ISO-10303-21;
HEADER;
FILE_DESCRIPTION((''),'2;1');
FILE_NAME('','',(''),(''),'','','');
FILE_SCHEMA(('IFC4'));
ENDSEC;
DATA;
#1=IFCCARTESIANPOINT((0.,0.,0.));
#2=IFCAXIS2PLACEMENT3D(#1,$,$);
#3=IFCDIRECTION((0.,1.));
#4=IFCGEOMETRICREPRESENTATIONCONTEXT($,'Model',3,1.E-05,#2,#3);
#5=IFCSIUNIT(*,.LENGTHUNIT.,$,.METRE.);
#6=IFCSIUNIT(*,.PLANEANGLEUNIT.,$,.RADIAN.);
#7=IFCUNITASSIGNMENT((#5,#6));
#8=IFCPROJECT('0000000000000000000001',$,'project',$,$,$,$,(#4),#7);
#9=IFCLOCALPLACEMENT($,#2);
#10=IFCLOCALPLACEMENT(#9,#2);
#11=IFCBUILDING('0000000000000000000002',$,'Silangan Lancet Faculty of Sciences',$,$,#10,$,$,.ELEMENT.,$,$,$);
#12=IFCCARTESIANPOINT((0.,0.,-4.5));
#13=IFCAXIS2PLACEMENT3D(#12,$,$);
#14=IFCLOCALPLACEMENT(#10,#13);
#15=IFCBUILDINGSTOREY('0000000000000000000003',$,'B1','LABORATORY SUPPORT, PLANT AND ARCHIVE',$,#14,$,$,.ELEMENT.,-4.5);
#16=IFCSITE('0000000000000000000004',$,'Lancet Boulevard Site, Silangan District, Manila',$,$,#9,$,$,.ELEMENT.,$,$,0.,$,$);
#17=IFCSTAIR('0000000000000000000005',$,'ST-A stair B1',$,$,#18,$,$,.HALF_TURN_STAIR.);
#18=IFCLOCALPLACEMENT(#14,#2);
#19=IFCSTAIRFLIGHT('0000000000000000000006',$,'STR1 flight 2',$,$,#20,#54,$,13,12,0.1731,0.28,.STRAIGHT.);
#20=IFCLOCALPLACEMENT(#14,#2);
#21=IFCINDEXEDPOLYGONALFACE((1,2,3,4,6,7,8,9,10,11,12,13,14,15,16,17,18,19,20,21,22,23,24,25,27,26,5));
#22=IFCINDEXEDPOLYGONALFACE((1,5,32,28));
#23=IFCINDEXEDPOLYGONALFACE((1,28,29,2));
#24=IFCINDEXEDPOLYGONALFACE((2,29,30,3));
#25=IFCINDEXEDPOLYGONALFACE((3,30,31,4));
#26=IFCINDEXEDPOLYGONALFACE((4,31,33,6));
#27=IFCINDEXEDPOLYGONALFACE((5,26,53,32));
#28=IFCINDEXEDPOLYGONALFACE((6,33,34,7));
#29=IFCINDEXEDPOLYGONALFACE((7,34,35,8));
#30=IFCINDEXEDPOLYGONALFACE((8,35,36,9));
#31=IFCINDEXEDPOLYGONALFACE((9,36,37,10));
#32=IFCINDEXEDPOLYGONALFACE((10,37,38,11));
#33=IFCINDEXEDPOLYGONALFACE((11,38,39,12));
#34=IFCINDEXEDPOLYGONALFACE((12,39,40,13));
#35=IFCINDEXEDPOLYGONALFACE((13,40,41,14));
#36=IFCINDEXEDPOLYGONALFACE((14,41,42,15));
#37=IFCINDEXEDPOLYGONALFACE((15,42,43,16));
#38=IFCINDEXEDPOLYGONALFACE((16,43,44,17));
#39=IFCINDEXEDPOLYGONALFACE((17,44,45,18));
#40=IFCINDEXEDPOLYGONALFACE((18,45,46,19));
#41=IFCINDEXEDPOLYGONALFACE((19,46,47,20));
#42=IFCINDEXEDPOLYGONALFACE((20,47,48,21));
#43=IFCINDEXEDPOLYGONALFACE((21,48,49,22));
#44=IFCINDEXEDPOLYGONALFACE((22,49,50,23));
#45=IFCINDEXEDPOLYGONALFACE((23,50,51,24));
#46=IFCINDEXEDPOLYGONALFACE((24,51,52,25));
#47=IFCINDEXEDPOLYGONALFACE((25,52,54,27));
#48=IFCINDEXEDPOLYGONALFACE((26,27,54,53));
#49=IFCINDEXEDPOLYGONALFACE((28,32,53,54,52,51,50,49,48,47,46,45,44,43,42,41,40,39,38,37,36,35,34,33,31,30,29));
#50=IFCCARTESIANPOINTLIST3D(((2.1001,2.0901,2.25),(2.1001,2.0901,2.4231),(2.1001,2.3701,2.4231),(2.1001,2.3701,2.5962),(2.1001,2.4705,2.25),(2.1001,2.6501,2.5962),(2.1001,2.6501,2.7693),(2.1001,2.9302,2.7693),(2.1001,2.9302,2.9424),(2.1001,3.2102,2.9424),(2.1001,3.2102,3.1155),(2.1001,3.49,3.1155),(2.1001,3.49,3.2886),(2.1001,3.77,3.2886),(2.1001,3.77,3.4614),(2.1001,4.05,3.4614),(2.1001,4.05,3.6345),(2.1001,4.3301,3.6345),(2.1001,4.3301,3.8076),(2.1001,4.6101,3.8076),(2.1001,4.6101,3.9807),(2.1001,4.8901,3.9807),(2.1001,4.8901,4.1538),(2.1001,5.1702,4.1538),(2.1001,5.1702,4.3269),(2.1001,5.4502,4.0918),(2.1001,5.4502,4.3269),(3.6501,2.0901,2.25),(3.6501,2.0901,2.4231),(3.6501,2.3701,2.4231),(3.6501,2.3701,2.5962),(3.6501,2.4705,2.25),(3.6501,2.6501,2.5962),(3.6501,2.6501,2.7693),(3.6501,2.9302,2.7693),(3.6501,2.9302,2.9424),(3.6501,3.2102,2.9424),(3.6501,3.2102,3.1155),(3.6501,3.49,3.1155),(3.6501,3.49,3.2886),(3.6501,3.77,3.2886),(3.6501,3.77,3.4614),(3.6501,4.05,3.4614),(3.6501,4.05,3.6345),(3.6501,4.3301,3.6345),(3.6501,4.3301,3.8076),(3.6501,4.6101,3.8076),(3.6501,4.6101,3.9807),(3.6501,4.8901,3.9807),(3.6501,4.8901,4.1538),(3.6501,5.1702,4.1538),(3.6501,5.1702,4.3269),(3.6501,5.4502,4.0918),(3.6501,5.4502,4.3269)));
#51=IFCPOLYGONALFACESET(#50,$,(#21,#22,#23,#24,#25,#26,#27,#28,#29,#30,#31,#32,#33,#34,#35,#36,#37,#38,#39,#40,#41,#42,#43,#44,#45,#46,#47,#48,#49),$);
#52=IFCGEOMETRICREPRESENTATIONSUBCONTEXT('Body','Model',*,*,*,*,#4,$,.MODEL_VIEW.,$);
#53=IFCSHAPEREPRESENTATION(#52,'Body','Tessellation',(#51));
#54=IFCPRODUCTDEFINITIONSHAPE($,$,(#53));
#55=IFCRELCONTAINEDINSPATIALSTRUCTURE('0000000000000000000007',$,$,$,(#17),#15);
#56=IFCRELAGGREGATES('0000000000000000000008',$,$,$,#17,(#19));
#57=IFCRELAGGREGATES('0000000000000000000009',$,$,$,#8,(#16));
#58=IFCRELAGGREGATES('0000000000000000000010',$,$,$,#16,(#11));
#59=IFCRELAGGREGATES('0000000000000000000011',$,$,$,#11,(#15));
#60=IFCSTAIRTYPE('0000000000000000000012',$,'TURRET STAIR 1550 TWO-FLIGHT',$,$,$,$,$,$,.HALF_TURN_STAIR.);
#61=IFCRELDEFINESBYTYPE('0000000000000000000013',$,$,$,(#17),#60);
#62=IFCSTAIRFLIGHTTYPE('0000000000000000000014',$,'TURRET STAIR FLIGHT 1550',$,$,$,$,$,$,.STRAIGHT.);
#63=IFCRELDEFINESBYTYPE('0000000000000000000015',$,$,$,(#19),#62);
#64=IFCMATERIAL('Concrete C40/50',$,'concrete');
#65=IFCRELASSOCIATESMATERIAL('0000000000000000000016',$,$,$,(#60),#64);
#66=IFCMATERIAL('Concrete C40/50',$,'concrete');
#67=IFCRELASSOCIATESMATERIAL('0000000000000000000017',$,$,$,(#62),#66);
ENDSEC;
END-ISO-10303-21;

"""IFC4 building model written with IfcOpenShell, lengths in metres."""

from ifc_helpers import new_model, si_unit, direction, frame, origin, place, context, subcontext, project, spatial, polyline, outline, extrude, material, type_object, element, aggregate, save


model = new_model("IFC4")

# Units and contexts
model_context = context("Model", 3, precision=1e-05, world=origin(), true_north=direction((0.0, 1.0)))
body_context = subcontext(model_context, "Body", "Model", "MODEL_VIEW")
ifc_project = project(units=[si_unit("LENGTHUNIT", "METRE"), si_unit("PLANEANGLEUNIT", "RADIAN")], contexts=[model_context])

# Site, building, storey
site_placement = place(None, origin())
site = spatial("IfcSite", under=ifc_project, at=site_placement, Name="Lancet Boulevard Site, Silangan District, Manila", CompositionType="ELEMENT", RefElevation=0.0)
building_placement = place(site_placement, origin())
building = spatial("IfcBuilding", under=site, at=building_placement, Name="Silangan Lancet Faculty of Sciences", CompositionType="ELEMENT")
storey_placement = place(building_placement, frame((0.0, 0.0, -4.5)))
storey = spatial("IfcBuildingStorey", under=building, at=storey_placement, Name="B1", Description="LABORATORY SUPPORT, PLANT AND ARCHIVE", CompositionType="ELEMENT", Elevation=-4.5)

# Stair, stair flight
ifc_material_1 = material(Name="Concrete C40/50", Category="concrete")
stair_type = type_object("IfcStairType", Name="TURRET STAIR 1550 TWO-FLIGHT", PredefinedType="HALF_TURN_STAIR", material=ifc_material_1)
stair_placement = place(storey_placement, origin())
stair = element("IfcStair", 1, at=stair_placement, inside=storey, type_object=stair_type, Name="ST-A stair B1", PredefinedType="HALF_TURN_STAIR")
ifc_material_2 = material(Name="Concrete C40/50", Category="concrete")
stair_flight_type = type_object("IfcStairFlightType", Name="TURRET STAIR FLIGHT 1550", PredefinedType="STRAIGHT", material=ifc_material_2)
stair_flight_1_placement = place(storey_placement, frame((2.875, 2.0901, 2.25), z_axis=(0.0, 0.0, 1.0), x_axis=(0.0, 1.0, 0.0)))
stair_flight_1 = element("IfcStairFlight", 2, at=stair_flight_1_placement, type_object=stair_flight_type, Name="STR1 flight 2", NumberOfRisers=13, NumberOfTreads=12, PredefinedType="STRAIGHT", RiserHeight=0.1731, TreadLength=0.28, context=body_context, shape_type="SweptSolid", body=[
    extrude(outline(polyline([(0.0, 0.0), (0.0, 0.1731), (0.28, 0.1731), (0.28, 0.3462), (0.5601, 0.3462), (0.5601, 0.5193), (0.8401, 0.5193), (0.8401, 0.6924), (1.1201, 0.6924), (1.1201, 0.8655), (1.3999, 0.8655), (1.3999, 1.0386), (1.6799, 1.0386), (1.6799, 1.2114), (1.96, 1.2114), (1.96, 1.3845), (2.24, 1.3845), (2.24, 1.5576), (2.52, 1.5576), (2.52, 1.7307), (2.8, 1.7307), (2.8, 1.9038), (3.0801, 1.9038), (3.0801, 2.0769), (3.3601, 2.0769), (3.3601, 2.25), (3.3601, 1.8418), (0.3804, 0.0), (0.0, 0.0)])), frame((0.0, 0.7749, 0.0), z_axis=(0.0, -1.0, 0.0), x_axis=(1.0, 0.0, 0.0)), (0.0, 0.0, 1.0), 1.55),
])
aggregate(stair, [stair_flight_1])

save(model, "model.ifc")
